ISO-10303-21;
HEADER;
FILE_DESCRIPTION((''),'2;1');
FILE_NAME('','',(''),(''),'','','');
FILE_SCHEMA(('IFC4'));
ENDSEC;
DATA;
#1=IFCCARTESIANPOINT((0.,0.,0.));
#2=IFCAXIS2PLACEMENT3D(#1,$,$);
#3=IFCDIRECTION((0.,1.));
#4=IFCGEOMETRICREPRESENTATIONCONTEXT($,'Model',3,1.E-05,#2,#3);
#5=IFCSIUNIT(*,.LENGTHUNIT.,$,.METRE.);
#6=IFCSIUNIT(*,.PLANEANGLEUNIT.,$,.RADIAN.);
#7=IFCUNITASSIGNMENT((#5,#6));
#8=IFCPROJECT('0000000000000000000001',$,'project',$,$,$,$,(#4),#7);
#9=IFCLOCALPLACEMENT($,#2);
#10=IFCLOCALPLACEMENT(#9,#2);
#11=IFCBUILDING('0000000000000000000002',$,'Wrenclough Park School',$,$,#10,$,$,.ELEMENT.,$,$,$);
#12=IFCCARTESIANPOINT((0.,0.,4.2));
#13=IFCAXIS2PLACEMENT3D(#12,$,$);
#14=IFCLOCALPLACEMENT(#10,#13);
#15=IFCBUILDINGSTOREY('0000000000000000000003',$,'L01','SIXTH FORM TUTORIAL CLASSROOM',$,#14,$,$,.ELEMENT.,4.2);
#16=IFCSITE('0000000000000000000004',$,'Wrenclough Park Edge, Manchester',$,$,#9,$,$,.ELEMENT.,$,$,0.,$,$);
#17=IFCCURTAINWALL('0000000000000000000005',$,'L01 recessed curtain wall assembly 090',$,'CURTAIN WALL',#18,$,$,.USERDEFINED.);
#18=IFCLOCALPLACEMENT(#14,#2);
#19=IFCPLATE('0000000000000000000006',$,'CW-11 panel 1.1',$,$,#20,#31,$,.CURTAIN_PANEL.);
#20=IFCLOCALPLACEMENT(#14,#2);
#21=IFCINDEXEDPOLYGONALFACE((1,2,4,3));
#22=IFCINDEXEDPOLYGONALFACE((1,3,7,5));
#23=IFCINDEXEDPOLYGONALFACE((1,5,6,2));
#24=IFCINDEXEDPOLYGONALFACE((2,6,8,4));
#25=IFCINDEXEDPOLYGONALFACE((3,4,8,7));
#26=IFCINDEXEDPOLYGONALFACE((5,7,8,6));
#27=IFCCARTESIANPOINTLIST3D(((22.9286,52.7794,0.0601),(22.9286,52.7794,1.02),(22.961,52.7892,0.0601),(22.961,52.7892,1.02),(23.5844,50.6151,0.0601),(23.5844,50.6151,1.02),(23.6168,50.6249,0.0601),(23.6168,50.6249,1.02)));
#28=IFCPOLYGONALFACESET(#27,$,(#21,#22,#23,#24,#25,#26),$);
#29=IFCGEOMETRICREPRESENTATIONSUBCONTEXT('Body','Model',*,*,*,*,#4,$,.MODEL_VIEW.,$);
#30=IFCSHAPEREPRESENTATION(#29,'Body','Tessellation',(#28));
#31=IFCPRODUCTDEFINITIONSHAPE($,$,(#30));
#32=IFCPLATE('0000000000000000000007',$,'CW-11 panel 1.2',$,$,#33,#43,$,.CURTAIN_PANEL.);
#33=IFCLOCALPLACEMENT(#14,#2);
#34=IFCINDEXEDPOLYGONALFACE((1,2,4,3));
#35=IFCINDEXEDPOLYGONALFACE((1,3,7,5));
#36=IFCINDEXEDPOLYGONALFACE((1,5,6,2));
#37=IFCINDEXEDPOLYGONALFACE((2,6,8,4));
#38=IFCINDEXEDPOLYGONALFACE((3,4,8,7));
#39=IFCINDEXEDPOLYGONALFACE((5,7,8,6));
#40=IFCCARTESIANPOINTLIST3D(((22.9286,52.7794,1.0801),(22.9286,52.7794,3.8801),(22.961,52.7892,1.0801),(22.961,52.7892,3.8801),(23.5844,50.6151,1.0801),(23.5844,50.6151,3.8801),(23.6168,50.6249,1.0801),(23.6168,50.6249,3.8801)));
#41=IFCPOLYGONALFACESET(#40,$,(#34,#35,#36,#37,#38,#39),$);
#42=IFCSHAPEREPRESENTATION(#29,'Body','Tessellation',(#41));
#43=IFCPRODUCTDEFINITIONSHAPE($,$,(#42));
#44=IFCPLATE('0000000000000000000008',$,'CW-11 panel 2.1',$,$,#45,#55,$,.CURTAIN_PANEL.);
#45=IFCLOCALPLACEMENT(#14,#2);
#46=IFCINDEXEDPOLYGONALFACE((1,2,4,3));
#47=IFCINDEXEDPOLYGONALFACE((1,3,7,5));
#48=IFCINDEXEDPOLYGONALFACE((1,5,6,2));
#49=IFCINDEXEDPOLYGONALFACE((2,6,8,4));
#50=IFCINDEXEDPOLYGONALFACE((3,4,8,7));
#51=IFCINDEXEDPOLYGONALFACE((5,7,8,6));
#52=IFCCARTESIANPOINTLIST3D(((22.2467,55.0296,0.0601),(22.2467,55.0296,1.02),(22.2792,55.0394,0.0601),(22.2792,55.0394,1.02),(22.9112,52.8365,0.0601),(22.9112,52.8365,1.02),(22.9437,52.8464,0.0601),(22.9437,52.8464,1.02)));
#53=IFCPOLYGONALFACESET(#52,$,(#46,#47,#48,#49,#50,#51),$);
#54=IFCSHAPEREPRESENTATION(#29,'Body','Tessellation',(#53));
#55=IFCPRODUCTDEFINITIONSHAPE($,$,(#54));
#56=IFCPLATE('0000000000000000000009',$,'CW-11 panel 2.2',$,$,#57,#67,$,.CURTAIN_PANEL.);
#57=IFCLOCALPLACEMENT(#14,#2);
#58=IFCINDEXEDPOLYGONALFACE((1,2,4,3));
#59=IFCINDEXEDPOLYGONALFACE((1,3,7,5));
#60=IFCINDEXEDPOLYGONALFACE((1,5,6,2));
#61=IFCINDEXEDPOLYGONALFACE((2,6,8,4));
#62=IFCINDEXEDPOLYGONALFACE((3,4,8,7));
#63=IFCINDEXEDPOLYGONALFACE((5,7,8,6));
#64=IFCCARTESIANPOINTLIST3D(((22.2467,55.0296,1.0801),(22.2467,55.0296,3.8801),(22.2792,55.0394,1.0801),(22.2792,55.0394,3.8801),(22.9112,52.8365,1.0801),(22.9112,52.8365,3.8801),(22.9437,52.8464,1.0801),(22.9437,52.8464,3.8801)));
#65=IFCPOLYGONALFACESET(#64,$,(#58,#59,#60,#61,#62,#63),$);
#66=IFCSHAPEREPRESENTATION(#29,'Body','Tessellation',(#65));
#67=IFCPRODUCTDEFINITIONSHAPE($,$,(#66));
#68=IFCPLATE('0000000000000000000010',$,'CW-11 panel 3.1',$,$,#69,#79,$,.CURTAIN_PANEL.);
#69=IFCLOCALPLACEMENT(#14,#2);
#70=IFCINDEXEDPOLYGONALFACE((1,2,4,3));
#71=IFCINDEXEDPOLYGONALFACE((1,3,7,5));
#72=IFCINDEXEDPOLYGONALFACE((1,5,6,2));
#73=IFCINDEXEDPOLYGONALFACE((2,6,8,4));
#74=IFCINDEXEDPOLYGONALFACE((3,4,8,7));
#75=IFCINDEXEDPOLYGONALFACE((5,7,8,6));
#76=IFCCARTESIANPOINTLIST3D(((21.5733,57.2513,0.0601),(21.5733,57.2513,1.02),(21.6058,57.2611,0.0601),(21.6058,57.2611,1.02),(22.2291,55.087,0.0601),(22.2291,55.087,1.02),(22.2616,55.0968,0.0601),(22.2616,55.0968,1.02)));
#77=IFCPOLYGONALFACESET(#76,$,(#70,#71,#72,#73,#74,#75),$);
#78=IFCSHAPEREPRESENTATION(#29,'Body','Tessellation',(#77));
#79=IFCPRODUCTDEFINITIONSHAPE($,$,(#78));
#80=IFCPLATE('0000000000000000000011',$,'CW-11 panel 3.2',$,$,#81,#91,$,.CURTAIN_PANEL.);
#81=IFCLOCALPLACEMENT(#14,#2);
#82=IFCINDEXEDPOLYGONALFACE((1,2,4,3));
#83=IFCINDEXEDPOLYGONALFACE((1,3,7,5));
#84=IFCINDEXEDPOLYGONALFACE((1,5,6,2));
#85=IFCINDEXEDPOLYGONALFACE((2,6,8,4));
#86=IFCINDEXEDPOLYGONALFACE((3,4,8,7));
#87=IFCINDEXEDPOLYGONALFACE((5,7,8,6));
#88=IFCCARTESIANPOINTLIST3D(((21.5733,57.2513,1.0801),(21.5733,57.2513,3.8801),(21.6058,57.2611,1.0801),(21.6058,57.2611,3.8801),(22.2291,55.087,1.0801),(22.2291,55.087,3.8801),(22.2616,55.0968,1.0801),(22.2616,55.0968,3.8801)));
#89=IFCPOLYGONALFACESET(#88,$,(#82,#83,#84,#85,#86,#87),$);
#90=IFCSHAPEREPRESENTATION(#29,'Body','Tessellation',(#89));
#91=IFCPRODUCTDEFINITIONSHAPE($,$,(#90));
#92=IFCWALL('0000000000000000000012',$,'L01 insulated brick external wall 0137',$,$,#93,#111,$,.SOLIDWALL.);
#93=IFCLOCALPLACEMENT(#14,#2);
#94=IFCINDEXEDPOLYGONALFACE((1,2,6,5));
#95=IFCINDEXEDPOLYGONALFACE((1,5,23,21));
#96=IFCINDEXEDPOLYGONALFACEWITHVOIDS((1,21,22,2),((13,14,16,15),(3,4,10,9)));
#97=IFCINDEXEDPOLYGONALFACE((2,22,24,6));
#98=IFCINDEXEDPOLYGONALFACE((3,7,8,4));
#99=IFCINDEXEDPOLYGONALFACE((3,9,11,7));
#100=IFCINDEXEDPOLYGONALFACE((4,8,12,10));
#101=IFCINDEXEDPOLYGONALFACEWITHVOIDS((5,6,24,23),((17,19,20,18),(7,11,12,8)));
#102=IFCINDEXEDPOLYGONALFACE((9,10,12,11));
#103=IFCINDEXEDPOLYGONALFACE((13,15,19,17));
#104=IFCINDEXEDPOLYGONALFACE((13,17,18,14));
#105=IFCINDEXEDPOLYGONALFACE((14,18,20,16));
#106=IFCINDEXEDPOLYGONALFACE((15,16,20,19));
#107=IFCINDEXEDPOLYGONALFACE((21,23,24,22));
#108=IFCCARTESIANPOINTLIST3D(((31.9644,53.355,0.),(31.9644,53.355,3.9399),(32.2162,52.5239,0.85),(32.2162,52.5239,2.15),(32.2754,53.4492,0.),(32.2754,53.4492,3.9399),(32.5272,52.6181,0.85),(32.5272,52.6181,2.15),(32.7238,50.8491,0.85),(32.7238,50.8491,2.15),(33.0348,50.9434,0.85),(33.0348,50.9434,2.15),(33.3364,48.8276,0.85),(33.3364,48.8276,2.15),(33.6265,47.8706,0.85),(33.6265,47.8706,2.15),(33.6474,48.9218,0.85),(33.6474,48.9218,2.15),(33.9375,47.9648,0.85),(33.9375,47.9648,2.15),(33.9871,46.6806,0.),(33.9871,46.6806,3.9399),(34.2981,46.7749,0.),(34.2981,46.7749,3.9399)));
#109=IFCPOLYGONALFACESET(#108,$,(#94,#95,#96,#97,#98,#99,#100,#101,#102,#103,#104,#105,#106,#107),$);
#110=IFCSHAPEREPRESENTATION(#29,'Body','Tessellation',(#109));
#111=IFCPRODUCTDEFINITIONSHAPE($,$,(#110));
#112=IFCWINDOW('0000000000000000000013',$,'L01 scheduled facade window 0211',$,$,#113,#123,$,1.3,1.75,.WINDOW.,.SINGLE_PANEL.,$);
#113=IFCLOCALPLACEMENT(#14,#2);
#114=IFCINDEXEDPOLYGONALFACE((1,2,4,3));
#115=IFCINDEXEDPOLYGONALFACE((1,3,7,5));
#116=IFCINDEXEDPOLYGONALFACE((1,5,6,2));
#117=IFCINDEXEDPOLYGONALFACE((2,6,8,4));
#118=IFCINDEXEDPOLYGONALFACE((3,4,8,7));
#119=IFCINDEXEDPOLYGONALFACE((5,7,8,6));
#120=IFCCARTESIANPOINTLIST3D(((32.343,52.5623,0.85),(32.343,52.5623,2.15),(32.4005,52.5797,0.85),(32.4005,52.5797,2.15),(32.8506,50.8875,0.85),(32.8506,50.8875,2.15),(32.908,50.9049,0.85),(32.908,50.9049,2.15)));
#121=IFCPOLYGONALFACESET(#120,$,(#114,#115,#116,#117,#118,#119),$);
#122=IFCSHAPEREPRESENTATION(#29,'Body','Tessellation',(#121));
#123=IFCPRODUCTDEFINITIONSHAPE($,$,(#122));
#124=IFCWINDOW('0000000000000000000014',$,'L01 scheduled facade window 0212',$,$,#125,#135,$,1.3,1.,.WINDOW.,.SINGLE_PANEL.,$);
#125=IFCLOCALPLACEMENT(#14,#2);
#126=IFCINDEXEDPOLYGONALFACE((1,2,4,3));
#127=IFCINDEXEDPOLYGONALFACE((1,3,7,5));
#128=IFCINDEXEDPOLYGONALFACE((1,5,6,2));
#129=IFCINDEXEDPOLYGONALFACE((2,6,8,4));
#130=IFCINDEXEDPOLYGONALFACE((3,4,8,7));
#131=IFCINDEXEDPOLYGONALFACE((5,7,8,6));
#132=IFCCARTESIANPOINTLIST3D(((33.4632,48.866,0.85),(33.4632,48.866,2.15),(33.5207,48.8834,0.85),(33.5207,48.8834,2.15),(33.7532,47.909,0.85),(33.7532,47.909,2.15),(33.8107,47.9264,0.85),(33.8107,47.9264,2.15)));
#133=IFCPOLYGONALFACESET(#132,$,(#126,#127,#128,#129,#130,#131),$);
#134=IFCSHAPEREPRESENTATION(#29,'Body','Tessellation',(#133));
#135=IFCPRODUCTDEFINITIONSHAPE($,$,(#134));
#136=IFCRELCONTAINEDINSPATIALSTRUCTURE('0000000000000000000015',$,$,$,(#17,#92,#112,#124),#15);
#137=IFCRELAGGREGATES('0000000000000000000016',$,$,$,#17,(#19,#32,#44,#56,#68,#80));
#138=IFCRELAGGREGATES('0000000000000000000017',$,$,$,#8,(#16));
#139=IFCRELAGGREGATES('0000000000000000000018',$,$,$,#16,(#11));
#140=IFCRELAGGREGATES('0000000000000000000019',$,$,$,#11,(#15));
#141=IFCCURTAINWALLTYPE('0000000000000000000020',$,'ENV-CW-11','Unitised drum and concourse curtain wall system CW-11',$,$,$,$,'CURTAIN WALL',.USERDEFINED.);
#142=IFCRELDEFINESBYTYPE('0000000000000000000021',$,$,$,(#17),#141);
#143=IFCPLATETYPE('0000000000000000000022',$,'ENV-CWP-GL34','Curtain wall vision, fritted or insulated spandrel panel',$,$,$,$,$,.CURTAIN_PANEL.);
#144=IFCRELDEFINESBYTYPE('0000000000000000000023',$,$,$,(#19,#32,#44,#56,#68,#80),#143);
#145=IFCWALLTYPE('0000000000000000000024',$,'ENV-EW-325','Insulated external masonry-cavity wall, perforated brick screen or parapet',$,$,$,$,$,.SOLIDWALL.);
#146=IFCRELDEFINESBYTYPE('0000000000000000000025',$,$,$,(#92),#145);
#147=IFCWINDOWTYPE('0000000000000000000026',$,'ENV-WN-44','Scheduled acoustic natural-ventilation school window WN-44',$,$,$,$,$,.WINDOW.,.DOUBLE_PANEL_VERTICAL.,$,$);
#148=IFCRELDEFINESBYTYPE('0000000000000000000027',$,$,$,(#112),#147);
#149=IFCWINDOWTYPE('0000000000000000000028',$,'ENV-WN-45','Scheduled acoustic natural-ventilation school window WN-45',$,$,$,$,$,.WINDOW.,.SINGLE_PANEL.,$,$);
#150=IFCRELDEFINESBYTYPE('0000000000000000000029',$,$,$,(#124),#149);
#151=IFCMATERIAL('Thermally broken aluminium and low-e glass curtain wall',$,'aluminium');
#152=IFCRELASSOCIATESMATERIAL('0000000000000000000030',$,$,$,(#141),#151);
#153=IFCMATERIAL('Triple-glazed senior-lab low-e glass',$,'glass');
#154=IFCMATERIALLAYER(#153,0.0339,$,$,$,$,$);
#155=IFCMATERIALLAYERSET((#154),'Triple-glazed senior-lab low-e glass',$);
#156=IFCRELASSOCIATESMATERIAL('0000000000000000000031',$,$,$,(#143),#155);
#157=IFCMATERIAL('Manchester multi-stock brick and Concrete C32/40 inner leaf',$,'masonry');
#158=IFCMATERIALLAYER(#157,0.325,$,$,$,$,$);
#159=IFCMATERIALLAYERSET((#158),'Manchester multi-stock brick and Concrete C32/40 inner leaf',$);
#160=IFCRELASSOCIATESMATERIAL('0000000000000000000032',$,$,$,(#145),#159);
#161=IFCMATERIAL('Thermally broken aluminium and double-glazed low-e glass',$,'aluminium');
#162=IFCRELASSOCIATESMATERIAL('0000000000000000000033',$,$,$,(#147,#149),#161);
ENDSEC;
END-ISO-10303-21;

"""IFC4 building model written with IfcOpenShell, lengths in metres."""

from ifc_helpers import new_model, si_unit, direction, frame, frame_2d, origin, origin_2d, place, context, subcontext, project, spatial, rectangle, extrude, material, layer, layer_set, type_object, element, fill, aggregate, save


model = new_model("IFC4")

# Units and contexts
model_context = context("Model", 3, precision=1e-05, world=origin(), true_north=direction((0.0, 1.0)))
body_context = subcontext(model_context, "Body", "Model", "MODEL_VIEW")
ifc_project = project(units=[si_unit("LENGTHUNIT", "METRE"), si_unit("PLANEANGLEUNIT", "RADIAN")], contexts=[model_context])

# Site, building, storey
site_placement = place(None, origin())
site = spatial("IfcSite", under=ifc_project, at=site_placement, Name="Wrenclough Park Edge, Manchester", CompositionType="ELEMENT", RefElevation=0.0)
building_placement = place(site_placement, origin())
building = spatial("IfcBuilding", under=site, at=building_placement, Name="Wrenclough Park School", CompositionType="ELEMENT")
storey_placement = place(building_placement, frame((0.0, 0.0, 4.2)))
storey = spatial("IfcBuildingStorey", under=building, at=storey_placement, Name="L01", Description="SIXTH FORM TUTORIAL CLASSROOM", CompositionType="ELEMENT", Elevation=4.2)

# Curtain wall
ifc_material_1 = material(Name="Thermally broken aluminium and low-e glass curtain wall", Category="aluminium")
curtain_wall_type_1 = type_object("IfcCurtainWallType", Name="ENV-CW-11", Description="Unitised drum and concourse curtain wall system CW-11", ElementType="CURTAIN WALL", PredefinedType="USERDEFINED", material=ifc_material_1)
curtain_wall_1_placement = place(storey_placement, origin())
curtain_wall_1 = element("IfcCurtainWall", 1, at=curtain_wall_1_placement, inside=storey, type_object=curtain_wall_type_1, Name="L01 recessed curtain wall assembly 090", ObjectType="CURTAIN WALL", PredefinedType="USERDEFINED")

# Plates
ifc_material_2 = material(Name="Triple-glazed senior-lab low-e glass", Category="glass")
ifc_layer_1 = layer(ifc_material_2, 0.0339)
ifc_layer_set_1 = layer_set([ifc_layer_1], Name="Triple-glazed senior-lab low-e glass")
plate_type = type_object("IfcPlateType", Name="ENV-CWP-GL34", Description="Curtain wall vision, fritted or insulated spandrel panel", PredefinedType="CURTAIN_PANEL", material=ifc_layer_set_1)
plate_1_placement = place(storey_placement, frame((23.2727, 51.7021, 0.0601), z_axis=(0.0, 0.0, 1.0), x_axis=(-0.289992, 0.957029, 0.0)))
plate_1 = element("IfcPlate", 2, at=plate_1_placement, type_object=plate_type, Name="CW-11 panel 1.1", PredefinedType="CURTAIN_PANEL", context=body_context, shape_type="SweptSolid", body=[
    extrude(rectangle(XDim=2.2615, YDim=0.0339, at=origin_2d()), origin(), (0.0, 0.0, 1.0), 0.96),
])
plate_2_placement = place(storey_placement, frame((23.2727, 51.7021, 1.0801), z_axis=(0.0, 0.0, 1.0), x_axis=(-0.289992, 0.957029, 0.0)))
plate_2 = element("IfcPlate", 3, at=plate_2_placement, type_object=plate_type, Name="CW-11 panel 1.2", PredefinedType="CURTAIN_PANEL", context=body_context, shape_type="SweptSolid", body=[
    extrude(rectangle(XDim=2.2615, YDim=0.0339, at=origin_2d()), origin(), (0.0, 0.0, 1.0), 2.8),
])
plate_3_placement = place(storey_placement, frame((22.5952, 53.938, 0.0601), z_axis=(0.0, 0.0, 1.0), x_axis=(-0.289992, 0.957029, 0.0)))
plate_3 = element("IfcPlate", 4, at=plate_3_placement, type_object=plate_type, Name="CW-11 panel 2.1", PredefinedType="CURTAIN_PANEL", context=body_context, shape_type="SweptSolid", body=[
    extrude(rectangle(XDim=2.2915, YDim=0.0339, at=origin_2d()), origin(), (0.0, 0.0, 1.0), 0.96),
])
plate_4_placement = place(storey_placement, frame((22.5952, 53.938, 1.0801), z_axis=(0.0, 0.0, 1.0), x_axis=(-0.289992, 0.957029, 0.0)))
plate_4 = element("IfcPlate", 5, at=plate_4_placement, type_object=plate_type, Name="CW-11 panel 2.2", PredefinedType="CURTAIN_PANEL", context=body_context, shape_type="SweptSolid", body=[
    extrude(rectangle(XDim=2.2915, YDim=0.0339, at=origin_2d()), origin(), (0.0, 0.0, 1.0), 2.8),
])
plate_5_placement = place(storey_placement, frame((21.9175, 56.1741, 0.0601), z_axis=(0.0, 0.0, 1.0), x_axis=(-0.289992, 0.957029, 0.0)))
plate_5 = element("IfcPlate", 6, at=plate_5_placement, type_object=plate_type, Name="CW-11 panel 3.1", PredefinedType="CURTAIN_PANEL", context=body_context, shape_type="SweptSolid", body=[
    extrude(rectangle(XDim=2.2615, YDim=0.0339, at=origin_2d()), origin(), (0.0, 0.0, 1.0), 0.96),
])
plate_6_placement = place(storey_placement, frame((21.9175, 56.1741, 1.0801), z_axis=(0.0, 0.0, 1.0), x_axis=(-0.289992, 0.957029, 0.0)))
plate_6 = element("IfcPlate", 7, at=plate_6_placement, type_object=plate_type, Name="CW-11 panel 3.2", PredefinedType="CURTAIN_PANEL", context=body_context, shape_type="SweptSolid", body=[
    extrude(rectangle(XDim=2.2615, YDim=0.0339, at=origin_2d()), origin(), (0.0, 0.0, 1.0), 2.8),
])
aggregate(curtain_wall_1, [plate_1, plate_2, plate_3, plate_4, plate_5, plate_6])

# Wall, openings, windows
ifc_material_3 = material(Name="Manchester multi-stock brick and Concrete C32/40 inner leaf", Category="masonry")
ifc_layer_2 = layer(ifc_material_3, 0.325)
ifc_layer_set_2 = layer_set([ifc_layer_2], Name="Manchester multi-stock brick and Concrete C32/40 inner leaf")
wall_type = type_object("IfcWallType", Name="ENV-EW-325", Description="Insulated external masonry-cavity wall, perforated brick screen or parapet", PredefinedType="SOLIDWALL", material=ifc_layer_set_2)
wall_placement = place(storey_placement, frame((32.1199, 53.4021, 0.0), z_axis=(0.0, 0.0, 1.0), x_axis=(0.290032, -0.957017, 0.0)))
wall = element("IfcWall", 8, at=wall_placement, inside=storey, type_object=wall_type, Name="L01 insulated brick external wall 0137", PredefinedType="SOLIDWALL", context=body_context, shape_type="SweptSolid", body=[
    extrude(rectangle(XDim=6.9741, YDim=0.325, at=frame_2d((3.4871, 0.0))), origin(), (0.0, 0.0, 1.0), 3.9399),
])
opening_1_placement = place(wall_placement, frame((0.8684, 0.0, 0.8501)))
opening_1 = element("IfcOpeningElement", 9, at=opening_1_placement, cuts=wall, PredefinedType="OPENING", context=body_context, shape_type="SweptSolid", body=[
    extrude(rectangle(XDim=1.75, YDim=1.3, at=frame_2d((0.875, 0.6499))), frame((0.0, 0.1724, 0.0), z_axis=(0.0, -1.0, 0.0), x_axis=(1.0, 0.0, 0.0)), (0.0, 0.0, 1.0), 0.345),
])
opening_2_placement = place(wall_placement, frame((4.7307, 0.0, 0.8501)))
opening_2 = element("IfcOpeningElement", 10, at=opening_2_placement, cuts=wall, PredefinedType="OPENING", context=body_context, shape_type="SweptSolid", body=[
    extrude(rectangle(XDim=1.0, YDim=1.3, at=frame_2d((0.5, 0.6499))), frame((0.0, 0.1724, 0.0), z_axis=(0.0, -1.0, 0.0), x_axis=(1.0, 0.0, 0.0)), (0.0, 0.0, 1.0), 0.345),
])
ifc_material_4 = material(Name="Thermally broken aluminium and double-glazed low-e glass", Category="aluminium")
window_type_1 = type_object("IfcWindowType", Name="ENV-WN-44", Description="Scheduled acoustic natural-ventilation school window WN-44", PartitioningType="DOUBLE_PANEL_VERTICAL", PredefinedType="WINDOW", material=ifc_material_4)
window_1_placement = place(opening_1_placement, origin())
window_1 = element("IfcWindow", 11, at=window_1_placement, inside=storey, type_object=window_type_1, Name="L01 scheduled facade window 0211", OverallHeight=1.3, OverallWidth=1.75, PartitioningType="SINGLE_PANEL", PredefinedType="WINDOW", context=body_context, shape_type="SweptSolid", body=[
    extrude(rectangle(XDim=1.75, YDim=1.3, at=frame_2d((0.875, 0.6499))), frame((0.0, 0.03, 0.0), z_axis=(0.0, -1.0, 0.0), x_axis=(1.0, 0.0, 0.0)), (0.0, 0.0, 1.0), 0.0601),
])
fill(opening_1, window_1)
window_type_2 = type_object("IfcWindowType", Name="ENV-WN-45", Description="Scheduled acoustic natural-ventilation school window WN-45", PartitioningType="SINGLE_PANEL", PredefinedType="WINDOW", material=ifc_material_4)
window_2_placement = place(opening_2_placement, origin())
window_2 = element("IfcWindow", 12, at=window_2_placement, inside=storey, type_object=window_type_2, Name="L01 scheduled facade window 0212", OverallHeight=1.3, OverallWidth=1.0, PartitioningType="SINGLE_PANEL", PredefinedType="WINDOW", context=body_context, shape_type="SweptSolid", body=[
    extrude(rectangle(XDim=1.0, YDim=1.3, at=frame_2d((0.5, 0.6499))), frame((0.0, 0.03, 0.0), z_axis=(0.0, -1.0, 0.0), x_axis=(1.0, 0.0, 0.0)), (0.0, 0.0, 1.0), 0.0601),
])
fill(opening_2, window_2)

save(model, "model.ifc")
